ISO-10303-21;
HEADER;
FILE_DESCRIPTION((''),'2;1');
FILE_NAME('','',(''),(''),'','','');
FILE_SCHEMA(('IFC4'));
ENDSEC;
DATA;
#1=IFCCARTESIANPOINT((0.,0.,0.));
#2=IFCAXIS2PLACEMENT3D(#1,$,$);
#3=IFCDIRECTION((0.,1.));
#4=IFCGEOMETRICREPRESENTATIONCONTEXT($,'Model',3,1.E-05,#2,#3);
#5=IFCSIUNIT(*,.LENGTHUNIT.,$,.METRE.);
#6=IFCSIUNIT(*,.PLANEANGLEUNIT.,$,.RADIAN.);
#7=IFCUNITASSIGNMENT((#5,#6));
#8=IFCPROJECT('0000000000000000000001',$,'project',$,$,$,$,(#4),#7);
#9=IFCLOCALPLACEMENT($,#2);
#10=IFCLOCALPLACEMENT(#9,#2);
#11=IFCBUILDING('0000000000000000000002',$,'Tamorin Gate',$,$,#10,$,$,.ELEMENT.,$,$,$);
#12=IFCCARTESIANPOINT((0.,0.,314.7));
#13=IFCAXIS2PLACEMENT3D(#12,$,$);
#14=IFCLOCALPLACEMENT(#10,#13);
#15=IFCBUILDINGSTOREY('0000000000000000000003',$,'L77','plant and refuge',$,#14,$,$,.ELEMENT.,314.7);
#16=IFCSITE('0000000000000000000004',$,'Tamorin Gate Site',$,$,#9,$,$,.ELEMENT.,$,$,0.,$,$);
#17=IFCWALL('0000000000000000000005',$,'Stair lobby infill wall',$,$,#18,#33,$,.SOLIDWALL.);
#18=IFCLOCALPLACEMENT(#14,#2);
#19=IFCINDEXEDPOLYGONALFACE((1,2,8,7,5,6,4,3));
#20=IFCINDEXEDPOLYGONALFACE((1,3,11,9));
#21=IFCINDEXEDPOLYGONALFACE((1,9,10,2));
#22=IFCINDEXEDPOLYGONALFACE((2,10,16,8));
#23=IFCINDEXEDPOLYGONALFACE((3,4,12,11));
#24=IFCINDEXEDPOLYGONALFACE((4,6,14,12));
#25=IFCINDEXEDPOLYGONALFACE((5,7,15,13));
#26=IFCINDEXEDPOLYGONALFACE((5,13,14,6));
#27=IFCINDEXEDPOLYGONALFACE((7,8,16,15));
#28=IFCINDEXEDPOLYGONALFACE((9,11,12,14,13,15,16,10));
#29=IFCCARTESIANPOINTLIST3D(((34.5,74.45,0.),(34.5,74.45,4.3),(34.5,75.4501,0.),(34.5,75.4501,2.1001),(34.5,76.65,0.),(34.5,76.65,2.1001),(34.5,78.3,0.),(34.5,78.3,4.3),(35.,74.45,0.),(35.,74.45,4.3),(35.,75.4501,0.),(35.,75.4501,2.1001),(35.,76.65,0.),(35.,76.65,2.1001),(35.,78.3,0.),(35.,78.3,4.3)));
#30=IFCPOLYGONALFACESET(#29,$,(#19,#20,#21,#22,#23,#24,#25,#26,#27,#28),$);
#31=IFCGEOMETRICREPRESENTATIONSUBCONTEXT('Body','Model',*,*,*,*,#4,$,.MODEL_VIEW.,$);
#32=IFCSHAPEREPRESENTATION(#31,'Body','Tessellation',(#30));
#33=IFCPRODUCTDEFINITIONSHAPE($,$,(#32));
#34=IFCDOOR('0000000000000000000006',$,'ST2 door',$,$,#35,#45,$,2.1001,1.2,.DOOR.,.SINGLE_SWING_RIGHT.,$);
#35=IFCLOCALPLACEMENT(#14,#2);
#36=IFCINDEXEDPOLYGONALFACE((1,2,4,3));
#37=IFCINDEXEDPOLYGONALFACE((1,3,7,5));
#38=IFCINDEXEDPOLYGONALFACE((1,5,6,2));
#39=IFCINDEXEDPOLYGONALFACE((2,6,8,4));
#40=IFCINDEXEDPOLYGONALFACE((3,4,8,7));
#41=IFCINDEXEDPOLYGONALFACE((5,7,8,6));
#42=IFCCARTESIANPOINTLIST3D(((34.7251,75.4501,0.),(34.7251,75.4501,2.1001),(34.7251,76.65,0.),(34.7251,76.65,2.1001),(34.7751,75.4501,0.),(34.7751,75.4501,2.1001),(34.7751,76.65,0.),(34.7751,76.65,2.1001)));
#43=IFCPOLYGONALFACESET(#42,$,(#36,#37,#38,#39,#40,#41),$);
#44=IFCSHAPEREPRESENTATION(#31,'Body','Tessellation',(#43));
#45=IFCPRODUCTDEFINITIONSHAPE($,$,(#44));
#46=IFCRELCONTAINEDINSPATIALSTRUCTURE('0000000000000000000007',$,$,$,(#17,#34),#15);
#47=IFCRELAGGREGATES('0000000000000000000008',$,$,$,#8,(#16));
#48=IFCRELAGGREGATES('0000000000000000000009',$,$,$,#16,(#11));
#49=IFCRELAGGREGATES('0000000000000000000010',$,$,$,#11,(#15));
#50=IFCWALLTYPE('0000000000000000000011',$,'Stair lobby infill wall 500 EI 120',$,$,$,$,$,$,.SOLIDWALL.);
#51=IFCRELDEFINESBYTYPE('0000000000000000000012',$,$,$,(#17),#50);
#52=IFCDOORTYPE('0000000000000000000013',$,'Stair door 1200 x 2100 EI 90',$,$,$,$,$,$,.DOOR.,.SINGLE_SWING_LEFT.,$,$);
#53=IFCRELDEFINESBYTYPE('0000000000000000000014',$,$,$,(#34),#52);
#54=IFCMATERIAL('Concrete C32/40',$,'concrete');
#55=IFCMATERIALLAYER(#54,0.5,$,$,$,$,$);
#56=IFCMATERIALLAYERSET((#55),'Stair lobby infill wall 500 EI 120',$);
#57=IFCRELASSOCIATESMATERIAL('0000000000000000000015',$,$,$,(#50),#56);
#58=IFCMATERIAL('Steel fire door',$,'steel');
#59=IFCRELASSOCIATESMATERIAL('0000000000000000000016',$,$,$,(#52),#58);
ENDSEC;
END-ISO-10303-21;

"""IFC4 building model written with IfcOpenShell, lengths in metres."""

from ifc_helpers import new_model, si_unit, direction, frame, frame_2d, origin, place, context, subcontext, project, spatial, rectangle, extrude, material, layer, layer_set, type_object, element, fill, save


model = new_model("IFC4")

# Units and contexts
model_context = context("Model", 3, precision=1e-05, world=origin(), true_north=direction((0.0, 1.0)))
body_context = subcontext(model_context, "Body", "Model", "MODEL_VIEW")
ifc_project = project(units=[si_unit("LENGTHUNIT", "METRE"), si_unit("PLANEANGLEUNIT", "RADIAN")], contexts=[model_context])

# Site, building, storey
site_placement = place(None, origin())
site = spatial("IfcSite", under=ifc_project, at=site_placement, Name="Tamorin Gate Site", CompositionType="ELEMENT", RefElevation=0.0)
building_placement = place(site_placement, origin())
building = spatial("IfcBuilding", under=site, at=building_placement, Name="Tamorin Gate", CompositionType="ELEMENT")
storey_placement = place(building_placement, frame((0.0, 0.0, 314.7)))
storey = spatial("IfcBuildingStorey", under=building, at=storey_placement, Name="L77", Description="plant and refuge", CompositionType="ELEMENT", Elevation=314.7)

# Shared definitions
ifc_material_1 = material(Name="Concrete C32/40", Category="concrete")

# Shared definitions
ifc_material_2 = material(Name="Steel fire door", Category="steel")

# Wall, opening, door
ifc_layer_1 = layer(ifc_material_1, 0.5)
ifc_layer_set_1 = layer_set([ifc_layer_1], Name="Stair lobby infill wall 500 EI 120")
wall_type_1 = type_object("IfcWallType", Name="Stair lobby infill wall 500 EI 120", PredefinedType="SOLIDWALL", material=ifc_layer_set_1)
wall_1_placement = place(storey_placement, frame((34.75, 74.45, 0.0), z_axis=(0.0, 0.0, 1.0), x_axis=(0.0, 1.0, 0.0)))
wall_1 = element("IfcWall", 1, at=wall_1_placement, inside=storey, type_object=wall_type_1, Name="Stair lobby infill wall", PredefinedType="SOLIDWALL", context=body_context, shape_type="SweptSolid", body=[
    extrude(rectangle(XDim=3.8501, YDim=0.5, at=frame_2d((1.925, 0.0))), origin(), (0.0, 0.0, 1.0), 4.3),
])
opening_1_placement = place(wall_1_placement, frame((1.0, 0.0, 0.0)))
opening_1 = element("IfcOpeningElement", 2, at=opening_1_placement, cuts=wall_1, PredefinedType="OPENING", context=body_context, shape_type="SweptSolid", body=[
    extrude(rectangle(XDim=1.2, YDim=2.1001, at=frame_2d((0.6001, 1.05))), frame((0.0, 0.26, 0.0), z_axis=(0.0, -1.0, 0.0), x_axis=(1.0, 0.0, 0.0)), (0.0, 0.0, 1.0), 0.52),
])
door_type_1 = type_object("IfcDoorType", Name="Stair door 1200 x 2100 EI 90", OperationType="SINGLE_SWING_LEFT", PredefinedType="DOOR", material=ifc_material_2)
door_1_placement = place(opening_1_placement, origin())
door_1 = element("IfcDoor", 3, at=door_1_placement, inside=storey, type_object=door_type_1, Name="ST2 door", OperationType="SINGLE_SWING_RIGHT", OverallHeight=2.1001, OverallWidth=1.2, PredefinedType="DOOR", context=body_context, shape_type="SweptSolid", body=[
    extrude(rectangle(XDim=1.2, YDim=2.1001, at=frame_2d((0.6001, 1.05))), frame((0.0, 0.0249, 0.0), z_axis=(0.0, -1.0, 0.0), x_axis=(1.0, 0.0, 0.0)), (0.0, 0.0, 1.0), 0.05),
])
fill(opening_1, door_1)

save(model, "model.ifc")
